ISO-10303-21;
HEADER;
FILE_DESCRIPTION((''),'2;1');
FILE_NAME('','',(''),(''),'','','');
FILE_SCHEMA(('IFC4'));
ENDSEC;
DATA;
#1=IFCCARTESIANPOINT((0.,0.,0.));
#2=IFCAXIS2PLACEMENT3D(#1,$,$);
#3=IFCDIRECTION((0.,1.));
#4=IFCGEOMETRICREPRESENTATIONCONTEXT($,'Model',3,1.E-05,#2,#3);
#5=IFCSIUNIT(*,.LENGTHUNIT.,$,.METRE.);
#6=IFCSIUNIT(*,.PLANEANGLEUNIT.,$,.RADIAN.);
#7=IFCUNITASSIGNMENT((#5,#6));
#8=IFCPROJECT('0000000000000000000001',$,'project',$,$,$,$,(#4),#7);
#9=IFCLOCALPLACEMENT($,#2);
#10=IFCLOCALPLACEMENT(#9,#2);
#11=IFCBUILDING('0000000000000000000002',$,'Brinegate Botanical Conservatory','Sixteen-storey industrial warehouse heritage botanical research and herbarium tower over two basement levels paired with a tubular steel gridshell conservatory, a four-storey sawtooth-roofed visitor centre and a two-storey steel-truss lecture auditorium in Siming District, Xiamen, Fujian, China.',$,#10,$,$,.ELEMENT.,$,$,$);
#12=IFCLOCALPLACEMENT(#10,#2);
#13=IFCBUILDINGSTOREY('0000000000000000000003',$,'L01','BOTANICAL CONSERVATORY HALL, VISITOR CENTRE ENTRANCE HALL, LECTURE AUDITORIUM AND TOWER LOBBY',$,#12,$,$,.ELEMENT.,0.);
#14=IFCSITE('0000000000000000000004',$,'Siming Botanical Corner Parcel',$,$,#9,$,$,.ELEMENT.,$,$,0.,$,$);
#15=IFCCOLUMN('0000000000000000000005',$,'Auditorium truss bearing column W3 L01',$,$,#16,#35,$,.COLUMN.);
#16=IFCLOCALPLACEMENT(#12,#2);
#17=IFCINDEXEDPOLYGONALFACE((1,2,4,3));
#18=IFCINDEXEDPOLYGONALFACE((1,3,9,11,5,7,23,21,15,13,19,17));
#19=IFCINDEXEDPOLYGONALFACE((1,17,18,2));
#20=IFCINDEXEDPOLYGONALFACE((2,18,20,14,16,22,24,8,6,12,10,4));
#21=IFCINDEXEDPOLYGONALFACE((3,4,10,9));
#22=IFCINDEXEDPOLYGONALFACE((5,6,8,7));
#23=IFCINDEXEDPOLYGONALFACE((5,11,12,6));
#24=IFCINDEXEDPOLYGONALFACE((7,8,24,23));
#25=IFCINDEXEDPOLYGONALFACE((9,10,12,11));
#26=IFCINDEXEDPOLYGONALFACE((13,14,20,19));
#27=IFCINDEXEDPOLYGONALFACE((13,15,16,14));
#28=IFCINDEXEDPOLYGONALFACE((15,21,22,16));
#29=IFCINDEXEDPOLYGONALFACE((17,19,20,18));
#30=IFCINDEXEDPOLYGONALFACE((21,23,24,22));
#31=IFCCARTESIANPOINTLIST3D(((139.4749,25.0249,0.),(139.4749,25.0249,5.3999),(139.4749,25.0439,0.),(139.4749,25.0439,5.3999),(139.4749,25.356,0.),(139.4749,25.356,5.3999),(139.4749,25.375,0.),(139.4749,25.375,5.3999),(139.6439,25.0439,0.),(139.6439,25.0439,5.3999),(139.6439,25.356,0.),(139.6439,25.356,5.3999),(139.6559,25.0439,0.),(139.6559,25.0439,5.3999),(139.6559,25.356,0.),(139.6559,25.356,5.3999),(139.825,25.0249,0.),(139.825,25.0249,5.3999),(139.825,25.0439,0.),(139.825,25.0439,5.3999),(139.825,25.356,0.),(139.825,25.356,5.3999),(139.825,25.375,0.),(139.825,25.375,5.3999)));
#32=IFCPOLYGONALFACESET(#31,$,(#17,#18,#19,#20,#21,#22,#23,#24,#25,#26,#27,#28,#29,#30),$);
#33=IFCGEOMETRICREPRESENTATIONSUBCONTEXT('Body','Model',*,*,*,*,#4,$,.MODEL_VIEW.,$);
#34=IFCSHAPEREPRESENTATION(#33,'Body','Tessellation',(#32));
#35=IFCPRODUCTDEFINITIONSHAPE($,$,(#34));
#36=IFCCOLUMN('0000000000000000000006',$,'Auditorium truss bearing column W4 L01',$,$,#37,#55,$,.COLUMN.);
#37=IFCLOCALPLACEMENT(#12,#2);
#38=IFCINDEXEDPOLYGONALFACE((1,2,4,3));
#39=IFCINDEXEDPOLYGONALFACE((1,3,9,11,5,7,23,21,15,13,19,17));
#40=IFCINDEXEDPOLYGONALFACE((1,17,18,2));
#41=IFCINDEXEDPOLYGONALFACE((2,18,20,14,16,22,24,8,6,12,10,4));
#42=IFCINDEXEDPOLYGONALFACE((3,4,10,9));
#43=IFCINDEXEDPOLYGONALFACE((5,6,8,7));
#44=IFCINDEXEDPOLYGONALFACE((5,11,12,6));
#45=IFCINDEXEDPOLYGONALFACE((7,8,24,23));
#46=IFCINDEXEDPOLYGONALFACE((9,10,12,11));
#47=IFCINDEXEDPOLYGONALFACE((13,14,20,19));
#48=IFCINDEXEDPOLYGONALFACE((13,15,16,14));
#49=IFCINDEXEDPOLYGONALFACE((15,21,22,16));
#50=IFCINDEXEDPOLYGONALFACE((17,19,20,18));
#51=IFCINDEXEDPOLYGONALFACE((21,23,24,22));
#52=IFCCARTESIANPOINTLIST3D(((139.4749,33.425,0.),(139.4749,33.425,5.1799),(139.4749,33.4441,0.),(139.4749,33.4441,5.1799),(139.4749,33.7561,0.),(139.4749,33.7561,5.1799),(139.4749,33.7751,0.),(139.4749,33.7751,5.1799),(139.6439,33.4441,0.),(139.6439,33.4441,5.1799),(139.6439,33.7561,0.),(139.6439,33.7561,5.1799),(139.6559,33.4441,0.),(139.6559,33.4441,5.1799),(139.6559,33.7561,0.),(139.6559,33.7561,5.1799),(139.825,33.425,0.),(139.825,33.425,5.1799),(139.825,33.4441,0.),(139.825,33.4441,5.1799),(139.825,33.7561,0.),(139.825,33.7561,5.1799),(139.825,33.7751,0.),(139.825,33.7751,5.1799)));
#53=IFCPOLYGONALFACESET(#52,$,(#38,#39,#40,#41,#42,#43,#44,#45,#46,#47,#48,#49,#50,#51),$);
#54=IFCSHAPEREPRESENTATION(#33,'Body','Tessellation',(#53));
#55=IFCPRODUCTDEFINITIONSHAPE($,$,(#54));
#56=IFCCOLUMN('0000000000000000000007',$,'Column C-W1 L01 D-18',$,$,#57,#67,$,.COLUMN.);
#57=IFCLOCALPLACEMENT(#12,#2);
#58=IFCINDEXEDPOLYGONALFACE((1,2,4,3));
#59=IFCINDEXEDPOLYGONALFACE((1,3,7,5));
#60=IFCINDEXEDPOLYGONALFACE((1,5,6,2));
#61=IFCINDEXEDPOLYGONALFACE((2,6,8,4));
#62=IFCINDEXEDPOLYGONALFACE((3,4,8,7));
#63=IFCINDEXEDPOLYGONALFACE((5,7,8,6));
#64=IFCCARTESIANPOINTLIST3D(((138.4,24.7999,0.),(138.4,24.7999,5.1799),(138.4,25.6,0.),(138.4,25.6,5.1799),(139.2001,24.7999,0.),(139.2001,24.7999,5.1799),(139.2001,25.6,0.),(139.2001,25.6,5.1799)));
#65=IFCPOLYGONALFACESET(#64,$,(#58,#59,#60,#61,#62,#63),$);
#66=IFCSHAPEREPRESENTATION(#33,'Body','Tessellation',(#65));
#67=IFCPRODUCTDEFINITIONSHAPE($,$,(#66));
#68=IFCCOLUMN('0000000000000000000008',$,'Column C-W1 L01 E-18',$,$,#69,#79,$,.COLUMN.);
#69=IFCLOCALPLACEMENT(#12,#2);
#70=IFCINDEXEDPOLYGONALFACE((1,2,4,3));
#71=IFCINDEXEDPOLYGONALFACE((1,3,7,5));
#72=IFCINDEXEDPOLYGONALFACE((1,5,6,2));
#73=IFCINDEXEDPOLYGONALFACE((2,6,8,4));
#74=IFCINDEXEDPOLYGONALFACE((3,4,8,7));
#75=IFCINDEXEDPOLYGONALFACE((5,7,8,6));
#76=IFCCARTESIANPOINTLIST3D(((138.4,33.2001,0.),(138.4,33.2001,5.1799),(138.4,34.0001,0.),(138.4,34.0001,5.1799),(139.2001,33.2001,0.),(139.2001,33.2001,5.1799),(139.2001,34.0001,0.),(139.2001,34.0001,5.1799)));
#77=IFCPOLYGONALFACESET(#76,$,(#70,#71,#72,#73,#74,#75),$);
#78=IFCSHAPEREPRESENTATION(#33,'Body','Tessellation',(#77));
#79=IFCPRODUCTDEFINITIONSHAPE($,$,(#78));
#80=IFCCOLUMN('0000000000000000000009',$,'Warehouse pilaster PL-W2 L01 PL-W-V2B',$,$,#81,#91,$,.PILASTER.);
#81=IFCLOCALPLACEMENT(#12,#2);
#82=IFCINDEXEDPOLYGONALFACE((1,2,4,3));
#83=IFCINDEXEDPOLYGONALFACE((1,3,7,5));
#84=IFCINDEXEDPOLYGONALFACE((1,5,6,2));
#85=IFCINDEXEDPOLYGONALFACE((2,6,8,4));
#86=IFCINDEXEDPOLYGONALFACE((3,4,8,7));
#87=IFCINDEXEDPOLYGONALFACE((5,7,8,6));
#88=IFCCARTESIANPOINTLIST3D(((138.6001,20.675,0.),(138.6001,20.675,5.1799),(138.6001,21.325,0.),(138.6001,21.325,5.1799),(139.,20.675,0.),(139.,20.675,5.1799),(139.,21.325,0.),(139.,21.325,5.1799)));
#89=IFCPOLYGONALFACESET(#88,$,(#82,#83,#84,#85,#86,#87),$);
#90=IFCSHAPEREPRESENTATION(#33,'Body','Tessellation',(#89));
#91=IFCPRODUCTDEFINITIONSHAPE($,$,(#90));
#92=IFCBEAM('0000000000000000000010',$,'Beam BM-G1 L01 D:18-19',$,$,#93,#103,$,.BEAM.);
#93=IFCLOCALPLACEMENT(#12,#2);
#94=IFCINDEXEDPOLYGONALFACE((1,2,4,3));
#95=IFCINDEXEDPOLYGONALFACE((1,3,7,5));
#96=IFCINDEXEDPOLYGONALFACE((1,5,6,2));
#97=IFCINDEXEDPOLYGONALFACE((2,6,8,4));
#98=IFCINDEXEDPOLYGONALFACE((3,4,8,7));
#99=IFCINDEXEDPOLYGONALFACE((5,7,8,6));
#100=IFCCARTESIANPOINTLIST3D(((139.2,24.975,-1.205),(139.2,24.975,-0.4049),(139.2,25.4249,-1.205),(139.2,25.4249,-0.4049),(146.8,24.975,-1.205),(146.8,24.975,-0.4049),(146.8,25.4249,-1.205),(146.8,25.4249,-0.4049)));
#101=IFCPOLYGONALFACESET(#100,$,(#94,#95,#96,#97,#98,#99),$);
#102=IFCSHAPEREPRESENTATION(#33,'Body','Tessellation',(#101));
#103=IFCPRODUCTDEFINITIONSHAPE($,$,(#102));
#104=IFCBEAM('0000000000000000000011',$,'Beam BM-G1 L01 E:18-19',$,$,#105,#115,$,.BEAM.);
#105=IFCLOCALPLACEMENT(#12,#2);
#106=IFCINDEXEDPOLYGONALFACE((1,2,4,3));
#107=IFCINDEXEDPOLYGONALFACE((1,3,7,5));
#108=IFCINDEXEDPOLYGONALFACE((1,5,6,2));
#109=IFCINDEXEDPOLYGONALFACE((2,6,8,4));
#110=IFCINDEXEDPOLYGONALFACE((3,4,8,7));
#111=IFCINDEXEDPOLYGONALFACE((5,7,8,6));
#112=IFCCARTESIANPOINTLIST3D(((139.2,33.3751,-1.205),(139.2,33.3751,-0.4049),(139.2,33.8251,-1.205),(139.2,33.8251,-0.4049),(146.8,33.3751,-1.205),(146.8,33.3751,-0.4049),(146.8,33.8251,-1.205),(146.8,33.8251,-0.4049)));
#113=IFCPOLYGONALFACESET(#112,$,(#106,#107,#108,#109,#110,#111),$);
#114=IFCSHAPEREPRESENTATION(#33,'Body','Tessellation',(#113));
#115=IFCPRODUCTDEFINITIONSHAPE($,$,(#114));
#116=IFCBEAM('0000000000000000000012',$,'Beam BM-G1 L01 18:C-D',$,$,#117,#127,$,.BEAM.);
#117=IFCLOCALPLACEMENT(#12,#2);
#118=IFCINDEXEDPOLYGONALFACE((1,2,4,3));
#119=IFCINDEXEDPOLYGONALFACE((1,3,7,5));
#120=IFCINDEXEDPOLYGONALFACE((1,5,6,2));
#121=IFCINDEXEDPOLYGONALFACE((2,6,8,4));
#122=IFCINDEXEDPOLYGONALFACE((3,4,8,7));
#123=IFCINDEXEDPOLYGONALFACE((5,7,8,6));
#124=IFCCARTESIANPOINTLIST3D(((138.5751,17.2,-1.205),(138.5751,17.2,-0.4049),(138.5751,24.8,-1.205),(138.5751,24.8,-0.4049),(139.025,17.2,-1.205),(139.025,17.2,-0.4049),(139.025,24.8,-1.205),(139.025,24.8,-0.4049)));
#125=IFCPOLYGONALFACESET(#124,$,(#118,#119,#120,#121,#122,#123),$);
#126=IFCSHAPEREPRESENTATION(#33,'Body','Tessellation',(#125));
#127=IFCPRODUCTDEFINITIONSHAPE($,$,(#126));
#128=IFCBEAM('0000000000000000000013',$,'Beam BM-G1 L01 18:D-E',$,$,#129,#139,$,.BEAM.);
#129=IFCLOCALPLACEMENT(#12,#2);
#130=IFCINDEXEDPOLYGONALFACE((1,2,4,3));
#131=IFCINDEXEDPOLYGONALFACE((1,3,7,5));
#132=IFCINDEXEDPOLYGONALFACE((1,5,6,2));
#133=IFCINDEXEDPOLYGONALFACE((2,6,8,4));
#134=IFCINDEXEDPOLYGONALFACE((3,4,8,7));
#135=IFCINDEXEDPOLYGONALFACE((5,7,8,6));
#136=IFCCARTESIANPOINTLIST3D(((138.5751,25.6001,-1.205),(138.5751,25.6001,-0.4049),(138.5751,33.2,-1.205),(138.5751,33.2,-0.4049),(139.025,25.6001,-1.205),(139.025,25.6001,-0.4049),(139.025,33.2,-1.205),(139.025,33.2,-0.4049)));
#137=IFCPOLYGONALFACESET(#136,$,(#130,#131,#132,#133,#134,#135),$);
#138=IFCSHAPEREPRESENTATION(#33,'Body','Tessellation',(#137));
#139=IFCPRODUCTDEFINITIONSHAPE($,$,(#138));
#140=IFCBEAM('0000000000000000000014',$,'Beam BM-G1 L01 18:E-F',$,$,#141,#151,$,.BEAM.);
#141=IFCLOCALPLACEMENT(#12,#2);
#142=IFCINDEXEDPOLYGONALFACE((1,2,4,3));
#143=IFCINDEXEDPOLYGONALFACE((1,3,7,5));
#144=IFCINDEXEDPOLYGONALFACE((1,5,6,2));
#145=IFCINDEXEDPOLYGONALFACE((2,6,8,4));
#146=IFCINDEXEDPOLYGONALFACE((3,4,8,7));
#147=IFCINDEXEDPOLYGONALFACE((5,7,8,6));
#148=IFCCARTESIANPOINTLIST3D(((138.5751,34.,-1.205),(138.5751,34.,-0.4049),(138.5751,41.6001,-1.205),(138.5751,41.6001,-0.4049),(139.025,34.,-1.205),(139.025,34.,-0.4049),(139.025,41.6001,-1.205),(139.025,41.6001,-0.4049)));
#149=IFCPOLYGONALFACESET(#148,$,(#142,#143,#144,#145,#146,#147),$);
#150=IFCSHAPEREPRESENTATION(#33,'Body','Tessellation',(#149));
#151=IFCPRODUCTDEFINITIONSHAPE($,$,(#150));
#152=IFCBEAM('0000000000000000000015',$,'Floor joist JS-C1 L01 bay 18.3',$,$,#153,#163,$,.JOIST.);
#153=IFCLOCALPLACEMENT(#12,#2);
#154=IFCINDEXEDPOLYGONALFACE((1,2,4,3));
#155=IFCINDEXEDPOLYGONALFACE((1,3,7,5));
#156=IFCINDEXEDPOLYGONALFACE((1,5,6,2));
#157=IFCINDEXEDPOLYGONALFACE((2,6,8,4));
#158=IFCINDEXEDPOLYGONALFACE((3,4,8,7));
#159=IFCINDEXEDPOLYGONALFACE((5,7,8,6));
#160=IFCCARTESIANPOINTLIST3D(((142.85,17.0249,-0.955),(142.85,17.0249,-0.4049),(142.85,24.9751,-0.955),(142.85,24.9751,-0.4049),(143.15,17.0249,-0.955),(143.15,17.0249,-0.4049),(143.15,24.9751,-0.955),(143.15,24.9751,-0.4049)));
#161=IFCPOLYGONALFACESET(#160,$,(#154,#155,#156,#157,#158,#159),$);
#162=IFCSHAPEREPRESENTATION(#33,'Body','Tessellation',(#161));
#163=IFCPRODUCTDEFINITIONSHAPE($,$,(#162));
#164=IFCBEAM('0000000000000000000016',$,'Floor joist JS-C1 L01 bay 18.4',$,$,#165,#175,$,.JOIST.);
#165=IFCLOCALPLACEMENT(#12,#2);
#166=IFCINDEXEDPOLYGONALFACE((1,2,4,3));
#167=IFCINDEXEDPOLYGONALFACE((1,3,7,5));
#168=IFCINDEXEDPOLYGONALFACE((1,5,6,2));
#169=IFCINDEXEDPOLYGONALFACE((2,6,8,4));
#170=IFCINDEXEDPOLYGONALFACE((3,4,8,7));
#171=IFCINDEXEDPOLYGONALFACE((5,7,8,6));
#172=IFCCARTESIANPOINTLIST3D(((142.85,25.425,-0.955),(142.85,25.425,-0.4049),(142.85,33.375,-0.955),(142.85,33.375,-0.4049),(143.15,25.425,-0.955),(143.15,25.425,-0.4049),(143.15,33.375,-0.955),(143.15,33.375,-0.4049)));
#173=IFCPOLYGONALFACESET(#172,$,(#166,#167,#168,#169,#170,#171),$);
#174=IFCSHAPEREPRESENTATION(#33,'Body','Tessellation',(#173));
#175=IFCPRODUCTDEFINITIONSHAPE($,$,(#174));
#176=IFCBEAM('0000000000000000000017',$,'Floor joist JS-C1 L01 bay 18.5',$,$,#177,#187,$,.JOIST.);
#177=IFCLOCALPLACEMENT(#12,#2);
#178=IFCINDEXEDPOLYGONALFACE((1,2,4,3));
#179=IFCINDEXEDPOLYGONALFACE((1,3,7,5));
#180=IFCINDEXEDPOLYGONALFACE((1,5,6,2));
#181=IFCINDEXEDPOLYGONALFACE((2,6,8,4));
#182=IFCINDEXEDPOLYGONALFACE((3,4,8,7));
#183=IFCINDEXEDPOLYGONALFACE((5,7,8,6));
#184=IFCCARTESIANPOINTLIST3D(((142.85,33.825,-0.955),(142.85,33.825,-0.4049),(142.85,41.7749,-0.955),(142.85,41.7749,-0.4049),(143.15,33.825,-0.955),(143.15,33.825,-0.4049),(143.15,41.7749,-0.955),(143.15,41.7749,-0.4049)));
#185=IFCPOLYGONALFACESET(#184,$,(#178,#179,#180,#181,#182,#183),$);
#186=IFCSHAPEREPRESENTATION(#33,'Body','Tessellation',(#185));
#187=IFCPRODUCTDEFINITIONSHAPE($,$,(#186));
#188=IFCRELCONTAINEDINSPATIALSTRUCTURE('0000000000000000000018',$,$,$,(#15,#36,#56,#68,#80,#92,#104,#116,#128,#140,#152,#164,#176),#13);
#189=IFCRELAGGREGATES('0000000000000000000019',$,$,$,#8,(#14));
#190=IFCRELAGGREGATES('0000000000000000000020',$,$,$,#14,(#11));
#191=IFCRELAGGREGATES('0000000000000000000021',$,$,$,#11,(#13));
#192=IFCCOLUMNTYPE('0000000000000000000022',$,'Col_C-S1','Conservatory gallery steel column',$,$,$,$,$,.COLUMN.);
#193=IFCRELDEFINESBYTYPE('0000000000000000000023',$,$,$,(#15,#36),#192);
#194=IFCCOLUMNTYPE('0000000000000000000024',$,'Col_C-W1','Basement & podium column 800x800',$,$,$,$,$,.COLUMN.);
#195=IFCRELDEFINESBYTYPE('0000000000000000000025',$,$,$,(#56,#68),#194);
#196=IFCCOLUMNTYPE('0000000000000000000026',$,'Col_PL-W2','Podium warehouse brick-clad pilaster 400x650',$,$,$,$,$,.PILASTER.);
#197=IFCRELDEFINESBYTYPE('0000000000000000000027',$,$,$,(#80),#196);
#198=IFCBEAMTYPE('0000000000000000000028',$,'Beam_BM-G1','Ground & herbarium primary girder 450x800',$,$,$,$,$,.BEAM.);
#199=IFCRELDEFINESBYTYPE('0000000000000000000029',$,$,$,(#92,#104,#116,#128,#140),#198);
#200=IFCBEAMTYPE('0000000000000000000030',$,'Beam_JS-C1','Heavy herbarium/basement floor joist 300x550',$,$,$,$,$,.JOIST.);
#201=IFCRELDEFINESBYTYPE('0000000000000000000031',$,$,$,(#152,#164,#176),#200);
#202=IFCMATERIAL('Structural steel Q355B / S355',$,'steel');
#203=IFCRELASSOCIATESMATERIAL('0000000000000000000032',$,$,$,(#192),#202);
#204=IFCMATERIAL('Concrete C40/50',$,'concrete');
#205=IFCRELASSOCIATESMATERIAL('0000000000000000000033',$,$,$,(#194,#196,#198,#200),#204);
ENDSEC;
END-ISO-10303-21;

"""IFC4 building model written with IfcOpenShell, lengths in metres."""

from ifc_helpers import new_model, si_unit, direction, frame, origin, origin_2d, place, context, subcontext, project, spatial, rectangle, i_section, extrude, material, material_profile, profile_set, type_object, element, save


model = new_model("IFC4")

# Units and contexts
model_context = context("Model", 3, precision=1e-05, world=origin(), true_north=direction((0.0, 1.0)))
body_context = subcontext(model_context, "Body", "Model", "MODEL_VIEW")
ifc_project = project(units=[si_unit("LENGTHUNIT", "METRE"), si_unit("PLANEANGLEUNIT", "RADIAN")], contexts=[model_context])

# Site, building, storey
site_placement = place(None, origin())
site = spatial("IfcSite", under=ifc_project, at=site_placement, Name="Siming Botanical Corner Parcel", CompositionType="ELEMENT", RefElevation=0.0)
building_placement = place(site_placement, origin())
building = spatial("IfcBuilding", under=site, at=building_placement, Name="Brinegate Botanical Conservatory", Description="Sixteen-storey industrial warehouse heritage botanical research and herbarium tower over two basement levels paired with a tubular steel gridshell conservatory, a four-storey sawtooth-roofed visitor centre and a two-storey steel-truss lecture auditorium in Siming District, Xiamen, Fujian, China.", CompositionType="ELEMENT")
storey_placement = place(building_placement, origin())
storey = spatial("IfcBuildingStorey", under=building, at=storey_placement, Name="L01", Description="BOTANICAL CONSERVATORY HALL, VISITOR CENTRE ENTRANCE HALL, LECTURE AUDITORIUM AND TOWER LOBBY", CompositionType="ELEMENT", Elevation=0.0)

# Columns
ifc_material_1 = material(Name="Structural steel Q355B / S355", Category="steel")
ifc_material_profile_1 = material_profile(ifc_material_1, i_section(OverallWidth=0.3501, OverallDepth=0.3501, WebThickness=0.012, FlangeThickness=0.019, at=origin_2d()), Name="HW 350x350x12x19")
ifc_profile_set_1 = profile_set([ifc_material_profile_1], Name="Structural steel Q355B / S355")
column_type_1 = type_object("IfcColumnType", Name="Col_C-S1", Description="Conservatory gallery steel column", PredefinedType="COLUMN", material=ifc_profile_set_1)
column_1_placement = place(storey_placement, frame((139.6499, 25.2, 0.0), z_axis=(0.0, 0.0, 1.0), x_axis=(1.0, 0.0, 0.0)))
element("IfcColumn", 1, at=column_1_placement, inside=storey, type_object=column_type_1, Name="Auditorium truss bearing column W3 L01", PredefinedType="COLUMN", context=body_context, shape_type="SweptSolid", body=[
    extrude(i_section(OverallWidth=0.3501, OverallDepth=0.3501, WebThickness=0.012, FlangeThickness=0.019, at=origin_2d()), origin(), (0.0, 0.0, 1.0), 5.3999),
])
column_2_placement = place(storey_placement, frame((139.6499, 33.6001, 0.0), z_axis=(0.0, 0.0, 1.0), x_axis=(1.0, 0.0, 0.0)))
element("IfcColumn", 2, at=column_2_placement, inside=storey, type_object=column_type_1, Name="Auditorium truss bearing column W4 L01", PredefinedType="COLUMN", context=body_context, shape_type="SweptSolid", body=[
    extrude(i_section(OverallWidth=0.3501, OverallDepth=0.3501, WebThickness=0.012, FlangeThickness=0.019, at=origin_2d()), origin(), (0.0, 0.0, 1.0), 5.1799),
])
ifc_material_2 = material(Name="Concrete C40/50", Category="concrete")
ifc_material_profile_2 = material_profile(ifc_material_2, rectangle(XDim=0.8, YDim=0.8, at=origin_2d()), Name="RC COL 800x800")
ifc_profile_set_2 = profile_set([ifc_material_profile_2], Name="Concrete C40/50")
column_type_2 = type_object("IfcColumnType", Name="Col_C-W1", Description="Basement & podium column 800x800", PredefinedType="COLUMN", material=ifc_profile_set_2)
for number, where, z_axis, x_axis, name in (
    (3, (138.8, 25.2, 0.0), (0.0, 0.0, 1.0), (1.0, 0.0, 0.0), "Column C-W1 L01 D-18"),
    (4, (138.8, 33.6001, 0.0), (0.0, 0.0, 1.0), (1.0, 0.0, 0.0), "Column C-W1 L01 E-18"),
):
    element("IfcColumn", number, at=place(storey_placement, frame(where, z_axis=z_axis, x_axis=x_axis)), inside=storey, type_object=column_type_2, Name=name, PredefinedType="COLUMN", context=body_context, shape_type="SweptSolid", body=[
        extrude(rectangle(XDim=0.8, YDim=0.8, at=origin_2d()), origin(), (0.0, 0.0, 1.0), 5.1799),
    ])
ifc_material_profile_3 = material_profile(ifc_material_2, rectangle(XDim=0.3999, YDim=0.6499, at=origin_2d()), Name="RC PILASTER 400x650")
ifc_profile_set_3 = profile_set([ifc_material_profile_3], Name="Concrete C40/50")
column_type_3 = type_object("IfcColumnType", Name="Col_PL-W2", Description="Podium warehouse brick-clad pilaster 400x650", PredefinedType="PILASTER", material=ifc_profile_set_3)
column_3_placement = place(storey_placement, frame((138.8, 21.0, 0.0), z_axis=(0.0, 0.0, 1.0), x_axis=(1.0, 0.0, 0.0)))
element("IfcColumn", 5, at=column_3_placement, inside=storey, type_object=column_type_3, Name="Warehouse pilaster PL-W2 L01 PL-W-V2B", PredefinedType="PILASTER", context=body_context, shape_type="SweptSolid", body=[
    extrude(rectangle(XDim=0.3999, YDim=0.6499, at=origin_2d()), origin(), (0.0, 0.0, 1.0), 5.1799),
])

# Beams
ifc_material_profile_4 = material_profile(ifc_material_2, rectangle(XDim=0.45, YDim=0.8, at=origin_2d()), Name="RC BM 450x800")
ifc_profile_set_4 = profile_set([ifc_material_profile_4], Name="Concrete C40/50")
beam_type_1 = type_object("IfcBeamType", Name="Beam_BM-G1", Description="Ground & herbarium primary girder 450x800", PredefinedType="BEAM", material=ifc_profile_set_4)
for number, where, z_axis, x_axis, name in (
    (6, (139.2, 25.2, -0.8049), (1.0, 0.0, 0.0), (0.0, 1.0, 0.0), "Beam BM-G1 L01 D:18-19"),
    (7, (139.2, 33.6001, -0.8049), (1.0, 0.0, 0.0), (0.0, 1.0, 0.0), "Beam BM-G1 L01 E:18-19"),
    (8, (138.8, 17.2, -0.8049), (0.0, 1.0, 0.0), (-1.0, 0.0, 0.0), "Beam BM-G1 L01 18:C-D"),
):
    element("IfcBeam", number, at=place(storey_placement, frame(where, z_axis=z_axis, x_axis=x_axis)), inside=storey, type_object=beam_type_1, Name=name, PredefinedType="BEAM", context=body_context, shape_type="SweptSolid", body=[
        extrude(rectangle(XDim=0.45, YDim=0.8, at=origin_2d()), origin(), (0.0, 0.0, 1.0), 7.6001),
    ])
beam_1_placement = place(storey_placement, frame((138.8, 25.6001, -0.8049), z_axis=(0.0, 1.0, 0.0), x_axis=(-1.0, 0.0, 0.0)))
element("IfcBeam", 9, at=beam_1_placement, inside=storey, type_object=beam_type_1, Name="Beam BM-G1 L01 18:D-E", PredefinedType="BEAM", context=body_context, shape_type="SweptSolid", body=[
    extrude(rectangle(XDim=0.45, YDim=0.8, at=origin_2d()), origin(), (0.0, 0.0, 1.0), 7.5999),
])
beam_2_placement = place(storey_placement, frame((138.8, 34.0, -0.8049), z_axis=(0.0, 1.0, 0.0), x_axis=(-1.0, 0.0, 0.0)))
element("IfcBeam", 10, at=beam_2_placement, inside=storey, type_object=beam_type_1, Name="Beam BM-G1 L01 18:E-F", PredefinedType="BEAM", context=body_context, shape_type="SweptSolid", body=[
    extrude(rectangle(XDim=0.45, YDim=0.8, at=origin_2d()), origin(), (0.0, 0.0, 1.0), 7.6001),
])
ifc_material_profile_5 = material_profile(ifc_material_2, rectangle(XDim=0.3, YDim=0.55, at=origin_2d()), Name="RC JST 300x550")
ifc_profile_set_5 = profile_set([ifc_material_profile_5], Name="Concrete C40/50")
beam_type_2 = type_object("IfcBeamType", Name="Beam_JS-C1", Description="Heavy herbarium/basement floor joist 300x550", PredefinedType="JOIST", material=ifc_profile_set_5)
beam_3_placement = place(storey_placement, frame((143.0, 17.0249, -0.6799), z_axis=(0.0, 1.0, 0.0), x_axis=(-1.0, 0.0, 0.0)))
element("IfcBeam", 11, at=beam_3_placement, inside=storey, type_object=beam_type_2, Name="Floor joist JS-C1 L01 bay 18.3", PredefinedType="JOIST", context=body_context, shape_type="SweptSolid", body=[
    extrude(rectangle(XDim=0.3, YDim=0.55, at=origin_2d()), origin(), (0.0, 0.0, 1.0), 7.9502),
])
for number, where, z_axis, x_axis, name in (
    (12, (143.0, 25.425, -0.6799), (0.0, 1.0, 0.0), (-1.0, 0.0, 0.0), "Floor joist JS-C1 L01 bay 18.4"),
    (13, (143.0, 33.825, -0.6799), (0.0, 1.0, 0.0), (-1.0, 0.0, 0.0), "Floor joist JS-C1 L01 bay 18.5"),
):
    element("IfcBeam", number, at=place(storey_placement, frame(where, z_axis=z_axis, x_axis=x_axis)), inside=storey, type_object=beam_type_2, Name=name, PredefinedType="JOIST", context=body_context, shape_type="SweptSolid", body=[
        extrude(rectangle(XDim=0.3, YDim=0.55, at=origin_2d()), origin(), (0.0, 0.0, 1.0), 7.95),
    ])

save(model, "model.ifc")
